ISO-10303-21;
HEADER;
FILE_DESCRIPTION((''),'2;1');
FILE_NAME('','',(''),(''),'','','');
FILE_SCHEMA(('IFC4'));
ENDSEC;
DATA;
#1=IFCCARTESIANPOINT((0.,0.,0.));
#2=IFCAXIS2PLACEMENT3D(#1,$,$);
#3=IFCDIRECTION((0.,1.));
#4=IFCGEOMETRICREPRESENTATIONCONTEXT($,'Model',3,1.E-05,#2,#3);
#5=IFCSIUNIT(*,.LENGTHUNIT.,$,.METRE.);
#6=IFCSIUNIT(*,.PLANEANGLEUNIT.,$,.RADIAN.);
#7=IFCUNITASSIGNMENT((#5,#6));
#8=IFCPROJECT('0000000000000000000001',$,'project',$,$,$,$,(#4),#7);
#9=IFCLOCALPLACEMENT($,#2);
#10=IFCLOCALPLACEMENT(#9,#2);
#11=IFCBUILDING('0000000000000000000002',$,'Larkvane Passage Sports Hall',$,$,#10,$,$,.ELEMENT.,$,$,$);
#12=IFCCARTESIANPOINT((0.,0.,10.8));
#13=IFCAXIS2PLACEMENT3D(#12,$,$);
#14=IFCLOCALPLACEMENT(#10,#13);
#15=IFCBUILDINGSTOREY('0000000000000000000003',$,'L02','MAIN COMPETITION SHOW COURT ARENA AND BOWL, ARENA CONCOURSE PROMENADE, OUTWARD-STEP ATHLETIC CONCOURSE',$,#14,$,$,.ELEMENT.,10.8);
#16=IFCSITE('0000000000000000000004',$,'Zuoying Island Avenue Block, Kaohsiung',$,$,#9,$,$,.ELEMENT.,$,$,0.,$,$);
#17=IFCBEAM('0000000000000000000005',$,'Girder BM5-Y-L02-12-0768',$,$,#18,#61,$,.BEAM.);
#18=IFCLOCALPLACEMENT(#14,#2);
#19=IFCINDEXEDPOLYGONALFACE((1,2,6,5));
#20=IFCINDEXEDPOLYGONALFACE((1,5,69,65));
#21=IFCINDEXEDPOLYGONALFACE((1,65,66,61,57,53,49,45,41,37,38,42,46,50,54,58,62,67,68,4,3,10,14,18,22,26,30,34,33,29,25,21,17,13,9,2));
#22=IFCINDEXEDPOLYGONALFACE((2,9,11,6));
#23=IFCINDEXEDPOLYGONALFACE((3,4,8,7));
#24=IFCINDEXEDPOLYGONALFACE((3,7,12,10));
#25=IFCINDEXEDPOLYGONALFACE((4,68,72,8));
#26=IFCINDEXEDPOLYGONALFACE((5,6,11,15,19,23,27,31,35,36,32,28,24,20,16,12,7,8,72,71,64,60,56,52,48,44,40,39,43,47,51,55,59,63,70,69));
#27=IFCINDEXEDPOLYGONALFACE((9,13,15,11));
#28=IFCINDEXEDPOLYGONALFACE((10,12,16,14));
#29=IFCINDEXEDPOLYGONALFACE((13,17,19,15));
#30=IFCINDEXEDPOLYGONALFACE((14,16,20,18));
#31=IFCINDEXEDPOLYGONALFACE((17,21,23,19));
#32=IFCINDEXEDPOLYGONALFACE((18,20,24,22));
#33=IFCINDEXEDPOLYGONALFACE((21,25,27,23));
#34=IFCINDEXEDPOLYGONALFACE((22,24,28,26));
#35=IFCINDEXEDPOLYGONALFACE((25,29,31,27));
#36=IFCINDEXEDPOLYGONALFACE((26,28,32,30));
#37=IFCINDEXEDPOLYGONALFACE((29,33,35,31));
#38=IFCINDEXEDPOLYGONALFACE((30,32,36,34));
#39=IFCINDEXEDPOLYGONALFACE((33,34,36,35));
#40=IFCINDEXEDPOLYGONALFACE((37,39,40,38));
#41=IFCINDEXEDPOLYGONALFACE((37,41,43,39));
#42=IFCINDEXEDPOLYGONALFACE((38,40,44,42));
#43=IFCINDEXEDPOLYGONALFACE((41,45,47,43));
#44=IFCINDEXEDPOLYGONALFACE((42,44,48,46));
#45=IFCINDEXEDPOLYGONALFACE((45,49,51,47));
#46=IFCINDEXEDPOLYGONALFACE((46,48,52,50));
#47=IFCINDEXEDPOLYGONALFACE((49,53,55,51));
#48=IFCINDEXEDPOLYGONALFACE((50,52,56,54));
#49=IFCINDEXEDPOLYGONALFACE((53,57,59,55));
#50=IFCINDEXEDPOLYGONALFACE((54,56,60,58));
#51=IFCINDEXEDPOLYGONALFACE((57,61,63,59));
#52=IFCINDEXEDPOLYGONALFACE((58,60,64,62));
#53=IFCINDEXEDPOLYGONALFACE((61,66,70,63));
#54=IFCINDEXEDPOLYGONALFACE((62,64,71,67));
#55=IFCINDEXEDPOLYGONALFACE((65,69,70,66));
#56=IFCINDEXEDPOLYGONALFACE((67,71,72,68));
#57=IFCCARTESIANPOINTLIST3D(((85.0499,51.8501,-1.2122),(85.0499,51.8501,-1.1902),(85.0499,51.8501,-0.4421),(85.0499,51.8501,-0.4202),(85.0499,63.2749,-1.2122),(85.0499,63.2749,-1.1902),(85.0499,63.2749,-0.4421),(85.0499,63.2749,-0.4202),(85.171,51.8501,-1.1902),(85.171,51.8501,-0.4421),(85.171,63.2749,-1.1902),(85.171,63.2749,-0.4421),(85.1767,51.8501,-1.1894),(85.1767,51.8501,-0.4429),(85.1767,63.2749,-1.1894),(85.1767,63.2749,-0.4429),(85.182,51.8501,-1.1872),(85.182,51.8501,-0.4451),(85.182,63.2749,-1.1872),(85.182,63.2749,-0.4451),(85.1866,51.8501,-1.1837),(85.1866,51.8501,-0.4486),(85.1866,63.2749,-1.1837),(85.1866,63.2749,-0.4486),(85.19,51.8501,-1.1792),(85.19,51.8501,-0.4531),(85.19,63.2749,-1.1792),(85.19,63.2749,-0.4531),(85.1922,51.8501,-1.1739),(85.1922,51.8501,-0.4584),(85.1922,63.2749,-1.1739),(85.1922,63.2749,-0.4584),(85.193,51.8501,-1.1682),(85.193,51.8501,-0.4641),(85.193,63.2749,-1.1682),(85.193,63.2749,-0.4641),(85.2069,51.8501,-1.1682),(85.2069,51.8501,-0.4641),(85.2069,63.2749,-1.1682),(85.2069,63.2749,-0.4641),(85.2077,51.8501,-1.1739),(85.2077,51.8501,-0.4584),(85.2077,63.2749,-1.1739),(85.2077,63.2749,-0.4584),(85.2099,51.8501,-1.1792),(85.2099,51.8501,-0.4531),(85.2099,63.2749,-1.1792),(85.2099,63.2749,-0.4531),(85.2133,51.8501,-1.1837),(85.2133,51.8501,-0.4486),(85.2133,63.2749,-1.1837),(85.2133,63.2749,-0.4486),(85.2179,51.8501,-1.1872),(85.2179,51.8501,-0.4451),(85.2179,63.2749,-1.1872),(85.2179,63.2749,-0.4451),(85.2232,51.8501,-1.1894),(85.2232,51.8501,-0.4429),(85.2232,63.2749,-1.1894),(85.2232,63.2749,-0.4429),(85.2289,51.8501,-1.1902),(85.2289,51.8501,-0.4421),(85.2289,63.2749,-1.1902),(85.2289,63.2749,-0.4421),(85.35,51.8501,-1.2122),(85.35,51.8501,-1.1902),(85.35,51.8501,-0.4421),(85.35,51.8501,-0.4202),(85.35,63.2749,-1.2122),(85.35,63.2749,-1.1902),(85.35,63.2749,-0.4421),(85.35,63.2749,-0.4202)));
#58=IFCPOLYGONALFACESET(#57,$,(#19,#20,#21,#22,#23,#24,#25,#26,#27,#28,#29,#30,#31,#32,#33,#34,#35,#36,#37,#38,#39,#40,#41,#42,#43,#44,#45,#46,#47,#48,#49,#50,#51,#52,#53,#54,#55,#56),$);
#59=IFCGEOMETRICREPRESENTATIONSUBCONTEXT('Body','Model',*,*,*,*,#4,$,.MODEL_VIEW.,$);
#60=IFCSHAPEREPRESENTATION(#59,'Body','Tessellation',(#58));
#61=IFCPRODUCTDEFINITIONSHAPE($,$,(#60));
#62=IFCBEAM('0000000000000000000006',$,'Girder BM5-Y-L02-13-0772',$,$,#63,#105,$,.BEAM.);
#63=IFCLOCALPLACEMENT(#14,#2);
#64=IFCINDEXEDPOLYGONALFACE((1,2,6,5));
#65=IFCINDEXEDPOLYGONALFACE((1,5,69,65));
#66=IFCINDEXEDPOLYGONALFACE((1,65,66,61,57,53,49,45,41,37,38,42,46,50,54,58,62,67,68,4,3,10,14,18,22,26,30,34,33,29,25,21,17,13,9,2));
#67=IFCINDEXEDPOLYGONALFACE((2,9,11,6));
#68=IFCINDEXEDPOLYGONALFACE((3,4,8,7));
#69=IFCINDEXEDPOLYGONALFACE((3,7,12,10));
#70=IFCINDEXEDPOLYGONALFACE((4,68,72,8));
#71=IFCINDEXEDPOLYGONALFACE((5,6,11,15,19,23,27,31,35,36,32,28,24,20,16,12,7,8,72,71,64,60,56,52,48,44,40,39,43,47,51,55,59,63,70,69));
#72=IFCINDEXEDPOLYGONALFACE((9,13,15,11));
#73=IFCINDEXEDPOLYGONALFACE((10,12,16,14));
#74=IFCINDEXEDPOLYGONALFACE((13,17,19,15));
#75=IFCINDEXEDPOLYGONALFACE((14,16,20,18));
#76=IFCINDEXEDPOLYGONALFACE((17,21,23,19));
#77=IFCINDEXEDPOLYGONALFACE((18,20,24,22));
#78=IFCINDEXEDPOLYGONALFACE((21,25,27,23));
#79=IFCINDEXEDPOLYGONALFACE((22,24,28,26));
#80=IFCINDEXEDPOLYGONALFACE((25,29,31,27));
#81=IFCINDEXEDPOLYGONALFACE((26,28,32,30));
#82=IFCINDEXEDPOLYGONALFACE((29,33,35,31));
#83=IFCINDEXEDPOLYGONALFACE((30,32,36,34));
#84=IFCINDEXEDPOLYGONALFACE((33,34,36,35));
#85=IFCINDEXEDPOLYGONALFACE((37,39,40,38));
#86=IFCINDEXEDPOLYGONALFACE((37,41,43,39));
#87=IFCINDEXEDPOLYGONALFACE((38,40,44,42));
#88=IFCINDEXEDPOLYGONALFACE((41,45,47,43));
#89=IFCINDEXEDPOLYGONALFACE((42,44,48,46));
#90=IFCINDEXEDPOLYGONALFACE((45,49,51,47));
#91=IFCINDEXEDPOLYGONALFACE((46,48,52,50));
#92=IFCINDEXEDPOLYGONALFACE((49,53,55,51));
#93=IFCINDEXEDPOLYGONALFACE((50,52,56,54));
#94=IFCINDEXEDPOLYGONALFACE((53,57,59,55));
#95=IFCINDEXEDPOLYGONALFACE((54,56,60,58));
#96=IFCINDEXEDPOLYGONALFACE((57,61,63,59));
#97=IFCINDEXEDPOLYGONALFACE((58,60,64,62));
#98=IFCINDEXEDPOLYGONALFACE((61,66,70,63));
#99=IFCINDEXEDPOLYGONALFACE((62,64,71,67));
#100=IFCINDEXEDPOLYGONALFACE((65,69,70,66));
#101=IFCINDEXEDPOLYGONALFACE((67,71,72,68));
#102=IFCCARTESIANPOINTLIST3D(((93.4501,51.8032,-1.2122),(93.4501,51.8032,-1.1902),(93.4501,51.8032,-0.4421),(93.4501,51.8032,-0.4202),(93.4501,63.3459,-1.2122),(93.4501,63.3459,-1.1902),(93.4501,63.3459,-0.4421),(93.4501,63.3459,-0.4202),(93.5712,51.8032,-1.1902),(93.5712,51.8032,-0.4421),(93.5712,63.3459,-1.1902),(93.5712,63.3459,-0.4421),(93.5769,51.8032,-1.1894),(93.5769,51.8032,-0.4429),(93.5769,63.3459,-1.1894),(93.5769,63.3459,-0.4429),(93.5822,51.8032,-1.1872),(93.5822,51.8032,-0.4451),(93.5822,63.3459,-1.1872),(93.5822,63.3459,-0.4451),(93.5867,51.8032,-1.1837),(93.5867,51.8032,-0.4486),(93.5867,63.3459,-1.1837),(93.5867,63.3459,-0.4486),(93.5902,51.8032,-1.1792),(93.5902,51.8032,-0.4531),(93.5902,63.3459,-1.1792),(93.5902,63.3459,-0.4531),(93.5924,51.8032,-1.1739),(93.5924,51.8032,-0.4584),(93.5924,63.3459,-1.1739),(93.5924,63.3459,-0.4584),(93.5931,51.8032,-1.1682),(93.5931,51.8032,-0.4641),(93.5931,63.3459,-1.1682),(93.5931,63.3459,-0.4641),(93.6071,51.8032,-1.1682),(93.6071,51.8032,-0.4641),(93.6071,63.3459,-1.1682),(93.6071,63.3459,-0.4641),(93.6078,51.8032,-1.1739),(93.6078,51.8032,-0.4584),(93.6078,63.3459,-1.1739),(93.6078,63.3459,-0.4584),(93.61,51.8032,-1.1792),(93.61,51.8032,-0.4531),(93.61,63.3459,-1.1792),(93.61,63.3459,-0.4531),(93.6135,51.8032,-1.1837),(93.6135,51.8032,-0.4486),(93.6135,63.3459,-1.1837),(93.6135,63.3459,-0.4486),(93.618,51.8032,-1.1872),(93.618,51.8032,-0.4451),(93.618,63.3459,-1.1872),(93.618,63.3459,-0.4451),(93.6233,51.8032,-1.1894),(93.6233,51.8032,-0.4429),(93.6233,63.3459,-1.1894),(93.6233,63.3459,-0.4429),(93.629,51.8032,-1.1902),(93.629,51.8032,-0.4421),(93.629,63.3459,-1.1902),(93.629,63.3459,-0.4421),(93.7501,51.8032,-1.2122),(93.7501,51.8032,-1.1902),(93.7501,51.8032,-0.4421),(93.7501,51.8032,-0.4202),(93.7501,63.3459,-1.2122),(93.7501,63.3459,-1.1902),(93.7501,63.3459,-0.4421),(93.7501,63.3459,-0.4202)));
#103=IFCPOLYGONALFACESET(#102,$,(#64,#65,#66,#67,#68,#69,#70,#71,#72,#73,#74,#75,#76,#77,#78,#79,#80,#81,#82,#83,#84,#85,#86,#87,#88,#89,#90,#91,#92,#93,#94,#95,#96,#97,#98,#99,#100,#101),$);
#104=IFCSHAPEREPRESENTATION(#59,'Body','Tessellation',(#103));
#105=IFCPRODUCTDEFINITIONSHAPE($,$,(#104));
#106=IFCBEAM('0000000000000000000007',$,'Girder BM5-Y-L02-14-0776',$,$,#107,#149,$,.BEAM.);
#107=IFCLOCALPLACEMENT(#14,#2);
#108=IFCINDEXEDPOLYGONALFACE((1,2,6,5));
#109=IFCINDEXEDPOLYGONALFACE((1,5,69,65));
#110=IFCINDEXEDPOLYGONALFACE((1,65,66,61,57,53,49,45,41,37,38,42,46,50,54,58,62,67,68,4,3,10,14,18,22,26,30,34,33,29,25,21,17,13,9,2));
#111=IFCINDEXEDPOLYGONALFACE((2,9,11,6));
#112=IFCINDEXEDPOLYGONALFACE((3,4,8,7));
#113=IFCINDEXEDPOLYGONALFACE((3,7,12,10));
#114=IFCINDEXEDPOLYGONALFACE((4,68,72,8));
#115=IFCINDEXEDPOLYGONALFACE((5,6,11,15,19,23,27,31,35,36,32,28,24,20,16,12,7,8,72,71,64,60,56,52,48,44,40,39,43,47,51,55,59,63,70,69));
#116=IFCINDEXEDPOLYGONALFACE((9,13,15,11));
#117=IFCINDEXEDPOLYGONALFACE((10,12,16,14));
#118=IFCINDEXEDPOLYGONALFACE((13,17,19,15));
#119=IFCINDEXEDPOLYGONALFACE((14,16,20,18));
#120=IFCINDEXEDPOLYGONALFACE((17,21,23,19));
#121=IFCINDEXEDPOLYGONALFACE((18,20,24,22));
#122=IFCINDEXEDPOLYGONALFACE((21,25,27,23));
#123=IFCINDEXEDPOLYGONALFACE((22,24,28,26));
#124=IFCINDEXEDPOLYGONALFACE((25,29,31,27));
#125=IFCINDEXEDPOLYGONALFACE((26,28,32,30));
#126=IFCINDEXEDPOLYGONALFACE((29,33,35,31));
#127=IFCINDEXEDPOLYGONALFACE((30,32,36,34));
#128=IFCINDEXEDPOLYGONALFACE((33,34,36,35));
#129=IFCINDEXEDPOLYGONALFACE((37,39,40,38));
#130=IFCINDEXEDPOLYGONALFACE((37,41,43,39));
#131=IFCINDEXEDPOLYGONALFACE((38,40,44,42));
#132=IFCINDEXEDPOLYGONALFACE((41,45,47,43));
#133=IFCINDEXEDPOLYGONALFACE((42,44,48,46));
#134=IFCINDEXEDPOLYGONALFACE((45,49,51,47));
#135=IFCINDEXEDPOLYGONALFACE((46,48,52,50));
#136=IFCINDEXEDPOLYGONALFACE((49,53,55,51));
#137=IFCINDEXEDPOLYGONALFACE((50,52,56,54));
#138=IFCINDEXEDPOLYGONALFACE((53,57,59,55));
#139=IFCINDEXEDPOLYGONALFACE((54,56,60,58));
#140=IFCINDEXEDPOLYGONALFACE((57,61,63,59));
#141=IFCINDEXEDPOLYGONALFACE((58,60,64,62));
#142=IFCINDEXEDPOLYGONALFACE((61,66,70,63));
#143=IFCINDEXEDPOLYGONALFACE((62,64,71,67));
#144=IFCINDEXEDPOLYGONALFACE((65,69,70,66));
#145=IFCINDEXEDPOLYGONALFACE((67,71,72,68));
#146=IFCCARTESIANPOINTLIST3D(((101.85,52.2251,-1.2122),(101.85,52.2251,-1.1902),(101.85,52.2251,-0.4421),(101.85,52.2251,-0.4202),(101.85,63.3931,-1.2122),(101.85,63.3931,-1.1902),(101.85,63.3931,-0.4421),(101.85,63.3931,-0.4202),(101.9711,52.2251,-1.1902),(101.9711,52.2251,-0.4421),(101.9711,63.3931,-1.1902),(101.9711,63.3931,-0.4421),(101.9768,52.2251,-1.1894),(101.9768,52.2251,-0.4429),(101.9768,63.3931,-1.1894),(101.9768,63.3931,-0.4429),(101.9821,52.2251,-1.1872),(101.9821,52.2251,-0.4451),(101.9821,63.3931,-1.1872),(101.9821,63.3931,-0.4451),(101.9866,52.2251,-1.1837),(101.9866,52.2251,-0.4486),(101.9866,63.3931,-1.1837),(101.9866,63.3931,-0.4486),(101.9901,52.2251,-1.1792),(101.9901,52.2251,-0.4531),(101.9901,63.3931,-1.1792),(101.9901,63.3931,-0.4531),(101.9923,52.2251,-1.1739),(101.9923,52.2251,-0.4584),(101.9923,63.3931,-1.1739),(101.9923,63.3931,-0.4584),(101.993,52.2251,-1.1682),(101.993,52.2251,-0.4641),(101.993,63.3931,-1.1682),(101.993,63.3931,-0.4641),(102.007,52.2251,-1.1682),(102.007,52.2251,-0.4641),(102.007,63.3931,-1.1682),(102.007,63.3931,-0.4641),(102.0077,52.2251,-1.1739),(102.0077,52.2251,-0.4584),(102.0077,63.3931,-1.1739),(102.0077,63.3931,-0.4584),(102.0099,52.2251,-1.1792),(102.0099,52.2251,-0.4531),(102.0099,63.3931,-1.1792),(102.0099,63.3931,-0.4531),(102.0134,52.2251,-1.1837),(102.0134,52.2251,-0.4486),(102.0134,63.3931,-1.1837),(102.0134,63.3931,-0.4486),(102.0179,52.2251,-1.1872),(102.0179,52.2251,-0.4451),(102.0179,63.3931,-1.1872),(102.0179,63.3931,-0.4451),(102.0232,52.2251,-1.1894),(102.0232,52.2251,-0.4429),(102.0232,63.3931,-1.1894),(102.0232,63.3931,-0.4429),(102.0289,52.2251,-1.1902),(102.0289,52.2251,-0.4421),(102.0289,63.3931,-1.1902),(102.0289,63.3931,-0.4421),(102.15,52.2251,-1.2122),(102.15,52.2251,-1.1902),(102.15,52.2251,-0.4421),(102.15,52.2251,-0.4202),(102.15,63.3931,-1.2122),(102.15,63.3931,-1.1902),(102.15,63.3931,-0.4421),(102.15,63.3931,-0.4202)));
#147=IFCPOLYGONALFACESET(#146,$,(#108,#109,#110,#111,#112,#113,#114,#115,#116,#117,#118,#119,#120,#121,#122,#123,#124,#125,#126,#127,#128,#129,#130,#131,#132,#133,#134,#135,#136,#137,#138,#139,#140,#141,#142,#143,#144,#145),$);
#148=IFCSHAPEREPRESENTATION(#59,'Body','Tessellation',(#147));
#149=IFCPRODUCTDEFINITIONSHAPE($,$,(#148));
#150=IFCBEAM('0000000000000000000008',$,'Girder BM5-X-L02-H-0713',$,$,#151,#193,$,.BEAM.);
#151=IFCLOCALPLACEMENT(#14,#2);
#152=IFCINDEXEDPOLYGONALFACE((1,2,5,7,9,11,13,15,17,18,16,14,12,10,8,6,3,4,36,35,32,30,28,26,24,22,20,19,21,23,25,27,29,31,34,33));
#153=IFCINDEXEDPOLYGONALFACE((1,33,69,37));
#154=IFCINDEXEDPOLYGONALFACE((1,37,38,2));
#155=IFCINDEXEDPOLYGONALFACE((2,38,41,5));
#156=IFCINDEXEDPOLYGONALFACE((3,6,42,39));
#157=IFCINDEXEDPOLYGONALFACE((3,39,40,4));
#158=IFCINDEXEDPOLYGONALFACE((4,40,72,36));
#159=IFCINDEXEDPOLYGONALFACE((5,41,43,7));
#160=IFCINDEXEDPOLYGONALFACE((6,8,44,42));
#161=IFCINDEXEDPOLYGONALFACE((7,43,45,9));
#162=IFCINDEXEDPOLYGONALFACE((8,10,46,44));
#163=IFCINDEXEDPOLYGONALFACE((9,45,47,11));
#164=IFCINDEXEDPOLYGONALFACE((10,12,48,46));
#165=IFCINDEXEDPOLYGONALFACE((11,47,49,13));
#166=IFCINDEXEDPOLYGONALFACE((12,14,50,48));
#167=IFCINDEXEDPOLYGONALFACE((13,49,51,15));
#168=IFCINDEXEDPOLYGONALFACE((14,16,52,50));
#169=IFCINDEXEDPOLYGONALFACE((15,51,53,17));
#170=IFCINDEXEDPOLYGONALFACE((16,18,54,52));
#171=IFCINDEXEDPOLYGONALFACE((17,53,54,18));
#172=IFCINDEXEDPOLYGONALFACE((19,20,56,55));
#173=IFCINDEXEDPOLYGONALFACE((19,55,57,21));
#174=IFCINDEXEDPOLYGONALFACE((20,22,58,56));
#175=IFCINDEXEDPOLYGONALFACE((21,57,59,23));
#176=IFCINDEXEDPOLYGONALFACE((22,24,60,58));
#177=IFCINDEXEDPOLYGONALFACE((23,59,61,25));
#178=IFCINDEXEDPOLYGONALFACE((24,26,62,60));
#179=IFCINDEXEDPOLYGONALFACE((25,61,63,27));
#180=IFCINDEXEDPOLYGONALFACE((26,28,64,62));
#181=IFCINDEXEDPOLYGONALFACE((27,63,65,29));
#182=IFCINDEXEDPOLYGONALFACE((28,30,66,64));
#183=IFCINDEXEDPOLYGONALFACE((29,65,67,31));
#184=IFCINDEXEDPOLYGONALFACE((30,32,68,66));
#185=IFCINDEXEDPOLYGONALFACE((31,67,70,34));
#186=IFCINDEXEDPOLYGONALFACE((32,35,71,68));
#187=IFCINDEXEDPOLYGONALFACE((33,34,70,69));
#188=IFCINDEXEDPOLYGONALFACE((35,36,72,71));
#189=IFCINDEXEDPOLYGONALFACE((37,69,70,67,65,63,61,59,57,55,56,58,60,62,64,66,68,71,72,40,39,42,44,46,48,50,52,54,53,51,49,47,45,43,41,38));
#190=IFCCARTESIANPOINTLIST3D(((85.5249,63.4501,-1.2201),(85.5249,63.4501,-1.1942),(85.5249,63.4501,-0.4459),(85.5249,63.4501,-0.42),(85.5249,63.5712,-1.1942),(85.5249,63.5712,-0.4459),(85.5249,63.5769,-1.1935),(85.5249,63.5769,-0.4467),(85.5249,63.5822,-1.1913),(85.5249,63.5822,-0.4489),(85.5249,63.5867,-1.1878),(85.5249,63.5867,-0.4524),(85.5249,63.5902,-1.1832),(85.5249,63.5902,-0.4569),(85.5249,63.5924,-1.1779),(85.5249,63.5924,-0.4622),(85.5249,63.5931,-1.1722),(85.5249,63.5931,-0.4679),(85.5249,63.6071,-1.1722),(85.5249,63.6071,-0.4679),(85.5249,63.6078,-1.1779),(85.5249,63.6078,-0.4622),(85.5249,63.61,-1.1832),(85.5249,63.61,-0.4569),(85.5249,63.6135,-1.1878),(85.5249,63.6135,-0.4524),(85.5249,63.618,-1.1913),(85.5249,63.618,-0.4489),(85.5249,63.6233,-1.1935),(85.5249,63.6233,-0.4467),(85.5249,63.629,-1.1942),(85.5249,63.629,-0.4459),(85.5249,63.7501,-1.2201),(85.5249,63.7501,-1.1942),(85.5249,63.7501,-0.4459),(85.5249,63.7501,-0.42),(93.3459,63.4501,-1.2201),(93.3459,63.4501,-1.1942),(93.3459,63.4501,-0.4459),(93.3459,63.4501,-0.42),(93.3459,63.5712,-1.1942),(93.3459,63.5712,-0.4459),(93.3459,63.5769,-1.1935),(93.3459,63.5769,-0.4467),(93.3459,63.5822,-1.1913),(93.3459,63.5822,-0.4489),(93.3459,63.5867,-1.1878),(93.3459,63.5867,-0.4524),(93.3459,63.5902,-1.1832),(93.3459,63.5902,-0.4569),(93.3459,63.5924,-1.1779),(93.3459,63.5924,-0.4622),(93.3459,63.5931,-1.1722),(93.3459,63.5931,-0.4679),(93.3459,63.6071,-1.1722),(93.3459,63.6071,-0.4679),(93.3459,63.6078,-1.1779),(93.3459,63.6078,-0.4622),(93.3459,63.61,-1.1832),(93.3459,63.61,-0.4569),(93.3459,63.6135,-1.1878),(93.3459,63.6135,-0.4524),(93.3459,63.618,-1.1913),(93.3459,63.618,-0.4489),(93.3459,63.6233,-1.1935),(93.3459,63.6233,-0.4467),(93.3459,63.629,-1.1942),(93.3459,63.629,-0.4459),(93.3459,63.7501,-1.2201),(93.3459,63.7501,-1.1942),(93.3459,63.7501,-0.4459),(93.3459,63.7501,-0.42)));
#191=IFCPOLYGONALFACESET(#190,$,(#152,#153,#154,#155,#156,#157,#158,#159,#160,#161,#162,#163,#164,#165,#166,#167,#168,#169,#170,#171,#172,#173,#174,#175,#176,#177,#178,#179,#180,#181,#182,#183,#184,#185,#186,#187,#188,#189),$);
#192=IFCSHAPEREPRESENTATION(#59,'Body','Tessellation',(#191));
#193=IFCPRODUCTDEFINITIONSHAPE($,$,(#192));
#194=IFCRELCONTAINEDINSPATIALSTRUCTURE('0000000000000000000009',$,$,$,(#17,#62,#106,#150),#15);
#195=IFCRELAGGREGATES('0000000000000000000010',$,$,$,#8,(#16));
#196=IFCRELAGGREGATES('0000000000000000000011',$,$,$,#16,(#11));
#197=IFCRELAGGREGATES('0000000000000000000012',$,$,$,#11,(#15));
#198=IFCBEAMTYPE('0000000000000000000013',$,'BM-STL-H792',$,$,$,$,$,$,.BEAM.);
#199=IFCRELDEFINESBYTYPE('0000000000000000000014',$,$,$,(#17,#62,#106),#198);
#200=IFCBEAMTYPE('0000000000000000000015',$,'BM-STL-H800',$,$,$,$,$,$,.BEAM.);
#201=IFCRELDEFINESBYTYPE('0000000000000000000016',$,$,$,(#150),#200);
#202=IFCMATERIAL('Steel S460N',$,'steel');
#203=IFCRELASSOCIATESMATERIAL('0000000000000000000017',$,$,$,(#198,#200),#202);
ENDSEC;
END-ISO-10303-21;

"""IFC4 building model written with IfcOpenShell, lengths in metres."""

from ifc_helpers import new_model, si_unit, direction, frame, origin, origin_2d, place, context, subcontext, project, spatial, i_section, extrude, material, material_profile, profile_set, type_object, element, save


model = new_model("IFC4")

# Units and contexts
model_context = context("Model", 3, precision=1e-05, world=origin(), true_north=direction((0.0, 1.0)))
body_context = subcontext(model_context, "Body", "Model", "MODEL_VIEW")
ifc_project = project(units=[si_unit("LENGTHUNIT", "METRE"), si_unit("PLANEANGLEUNIT", "RADIAN")], contexts=[model_context])

# Site, building, storey
site_placement = place(None, origin())
site = spatial("IfcSite", under=ifc_project, at=site_placement, Name="Zuoying Island Avenue Block, Kaohsiung", CompositionType="ELEMENT", RefElevation=0.0)
building_placement = place(site_placement, origin())
building = spatial("IfcBuilding", under=site, at=building_placement, Name="Larkvane Passage Sports Hall", CompositionType="ELEMENT")
storey_placement = place(building_placement, frame((0.0, 0.0, 10.8)))
storey = spatial("IfcBuildingStorey", under=building, at=storey_placement, Name="L02", Description="MAIN COMPETITION SHOW COURT ARENA AND BOWL, ARENA CONCOURSE PROMENADE, OUTWARD-STEP ATHLETIC CONCOURSE", CompositionType="ELEMENT", Elevation=10.8)

# Shared definitions
ifc_material_1 = material(Name="Steel S460N", Category="steel")

# Beams
ifc_material_profile_1 = material_profile(ifc_material_1, i_section(OverallWidth=0.3, OverallDepth=0.792, WebThickness=0.0139, FlangeThickness=0.022, FilletRadius=0.022, at=origin_2d()), Name="H-792x300x14x22")
ifc_profile_set_1 = profile_set([ifc_material_profile_1], Name="Steel S460N")
beam_type_1 = type_object("IfcBeamType", Name="BM-STL-H792", PredefinedType="BEAM", material=ifc_profile_set_1)
beam_1_placement = place(storey_placement, frame((85.2, 51.8501, -0.8162), z_axis=(0.0, 1.0, 0.0), x_axis=(-1.0, 0.0, 0.0)))
element("IfcBeam", 1, at=beam_1_placement, inside=storey, type_object=beam_type_1, Name="Girder BM5-Y-L02-12-0768", PredefinedType="BEAM", context=body_context, shape_type="SweptSolid", body=[
    extrude(i_section(OverallWidth=0.3, OverallDepth=0.792, WebThickness=0.0139, FlangeThickness=0.022, FilletRadius=0.022, at=origin_2d()), origin(), (0.0, 0.0, 1.0), 11.4248),
])
beam_2_placement = place(storey_placement, frame((93.6001, 51.8032, -0.8162), z_axis=(0.0, 1.0, 0.0), x_axis=(-1.0, 0.0, 0.0)))
element("IfcBeam", 2, at=beam_2_placement, inside=storey, type_object=beam_type_1, Name="Girder BM5-Y-L02-13-0772", PredefinedType="BEAM", context=body_context, shape_type="SweptSolid", body=[
    extrude(i_section(OverallWidth=0.3, OverallDepth=0.792, WebThickness=0.0139, FlangeThickness=0.022, FilletRadius=0.022, at=origin_2d()), origin(), (0.0, 0.0, 1.0), 11.5427),
])
beam_3_placement = place(storey_placement, frame((102.0, 52.2251, -0.8162), z_axis=(0.0, 1.0, 0.0), x_axis=(-1.0, 0.0, 0.0)))
element("IfcBeam", 3, at=beam_3_placement, inside=storey, type_object=beam_type_1, Name="Girder BM5-Y-L02-14-0776", PredefinedType="BEAM", context=body_context, shape_type="SweptSolid", body=[
    extrude(i_section(OverallWidth=0.3, OverallDepth=0.792, WebThickness=0.0139, FlangeThickness=0.022, FilletRadius=0.022, at=origin_2d()), origin(), (0.0, 0.0, 1.0), 11.168),
])
ifc_material_profile_2 = material_profile(ifc_material_1, i_section(OverallWidth=0.3, OverallDepth=0.8, WebThickness=0.0139, FlangeThickness=0.0259, FilletRadius=0.022, at=origin_2d()), Name="H-800x300x14x26")
ifc_profile_set_2 = profile_set([ifc_material_profile_2], Name="Steel S460N")
beam_type_2 = type_object("IfcBeamType", Name="BM-STL-H800", PredefinedType="BEAM", material=ifc_profile_set_2)
beam_4_placement = place(storey_placement, frame((85.5249, 63.6001, -0.8201), z_axis=(1.0, 0.0, 0.0), x_axis=(0.0, 1.0, 0.0)))
element("IfcBeam", 4, at=beam_4_placement, inside=storey, type_object=beam_type_2, Name="Girder BM5-X-L02-H-0713", PredefinedType="BEAM", context=body_context, shape_type="SweptSolid", body=[
    extrude(i_section(OverallWidth=0.3, OverallDepth=0.8, WebThickness=0.0139, FlangeThickness=0.0259, FilletRadius=0.022, at=origin_2d()), origin(), (0.0, 0.0, 1.0), 7.821),
])

save(model, "model.ifc")
